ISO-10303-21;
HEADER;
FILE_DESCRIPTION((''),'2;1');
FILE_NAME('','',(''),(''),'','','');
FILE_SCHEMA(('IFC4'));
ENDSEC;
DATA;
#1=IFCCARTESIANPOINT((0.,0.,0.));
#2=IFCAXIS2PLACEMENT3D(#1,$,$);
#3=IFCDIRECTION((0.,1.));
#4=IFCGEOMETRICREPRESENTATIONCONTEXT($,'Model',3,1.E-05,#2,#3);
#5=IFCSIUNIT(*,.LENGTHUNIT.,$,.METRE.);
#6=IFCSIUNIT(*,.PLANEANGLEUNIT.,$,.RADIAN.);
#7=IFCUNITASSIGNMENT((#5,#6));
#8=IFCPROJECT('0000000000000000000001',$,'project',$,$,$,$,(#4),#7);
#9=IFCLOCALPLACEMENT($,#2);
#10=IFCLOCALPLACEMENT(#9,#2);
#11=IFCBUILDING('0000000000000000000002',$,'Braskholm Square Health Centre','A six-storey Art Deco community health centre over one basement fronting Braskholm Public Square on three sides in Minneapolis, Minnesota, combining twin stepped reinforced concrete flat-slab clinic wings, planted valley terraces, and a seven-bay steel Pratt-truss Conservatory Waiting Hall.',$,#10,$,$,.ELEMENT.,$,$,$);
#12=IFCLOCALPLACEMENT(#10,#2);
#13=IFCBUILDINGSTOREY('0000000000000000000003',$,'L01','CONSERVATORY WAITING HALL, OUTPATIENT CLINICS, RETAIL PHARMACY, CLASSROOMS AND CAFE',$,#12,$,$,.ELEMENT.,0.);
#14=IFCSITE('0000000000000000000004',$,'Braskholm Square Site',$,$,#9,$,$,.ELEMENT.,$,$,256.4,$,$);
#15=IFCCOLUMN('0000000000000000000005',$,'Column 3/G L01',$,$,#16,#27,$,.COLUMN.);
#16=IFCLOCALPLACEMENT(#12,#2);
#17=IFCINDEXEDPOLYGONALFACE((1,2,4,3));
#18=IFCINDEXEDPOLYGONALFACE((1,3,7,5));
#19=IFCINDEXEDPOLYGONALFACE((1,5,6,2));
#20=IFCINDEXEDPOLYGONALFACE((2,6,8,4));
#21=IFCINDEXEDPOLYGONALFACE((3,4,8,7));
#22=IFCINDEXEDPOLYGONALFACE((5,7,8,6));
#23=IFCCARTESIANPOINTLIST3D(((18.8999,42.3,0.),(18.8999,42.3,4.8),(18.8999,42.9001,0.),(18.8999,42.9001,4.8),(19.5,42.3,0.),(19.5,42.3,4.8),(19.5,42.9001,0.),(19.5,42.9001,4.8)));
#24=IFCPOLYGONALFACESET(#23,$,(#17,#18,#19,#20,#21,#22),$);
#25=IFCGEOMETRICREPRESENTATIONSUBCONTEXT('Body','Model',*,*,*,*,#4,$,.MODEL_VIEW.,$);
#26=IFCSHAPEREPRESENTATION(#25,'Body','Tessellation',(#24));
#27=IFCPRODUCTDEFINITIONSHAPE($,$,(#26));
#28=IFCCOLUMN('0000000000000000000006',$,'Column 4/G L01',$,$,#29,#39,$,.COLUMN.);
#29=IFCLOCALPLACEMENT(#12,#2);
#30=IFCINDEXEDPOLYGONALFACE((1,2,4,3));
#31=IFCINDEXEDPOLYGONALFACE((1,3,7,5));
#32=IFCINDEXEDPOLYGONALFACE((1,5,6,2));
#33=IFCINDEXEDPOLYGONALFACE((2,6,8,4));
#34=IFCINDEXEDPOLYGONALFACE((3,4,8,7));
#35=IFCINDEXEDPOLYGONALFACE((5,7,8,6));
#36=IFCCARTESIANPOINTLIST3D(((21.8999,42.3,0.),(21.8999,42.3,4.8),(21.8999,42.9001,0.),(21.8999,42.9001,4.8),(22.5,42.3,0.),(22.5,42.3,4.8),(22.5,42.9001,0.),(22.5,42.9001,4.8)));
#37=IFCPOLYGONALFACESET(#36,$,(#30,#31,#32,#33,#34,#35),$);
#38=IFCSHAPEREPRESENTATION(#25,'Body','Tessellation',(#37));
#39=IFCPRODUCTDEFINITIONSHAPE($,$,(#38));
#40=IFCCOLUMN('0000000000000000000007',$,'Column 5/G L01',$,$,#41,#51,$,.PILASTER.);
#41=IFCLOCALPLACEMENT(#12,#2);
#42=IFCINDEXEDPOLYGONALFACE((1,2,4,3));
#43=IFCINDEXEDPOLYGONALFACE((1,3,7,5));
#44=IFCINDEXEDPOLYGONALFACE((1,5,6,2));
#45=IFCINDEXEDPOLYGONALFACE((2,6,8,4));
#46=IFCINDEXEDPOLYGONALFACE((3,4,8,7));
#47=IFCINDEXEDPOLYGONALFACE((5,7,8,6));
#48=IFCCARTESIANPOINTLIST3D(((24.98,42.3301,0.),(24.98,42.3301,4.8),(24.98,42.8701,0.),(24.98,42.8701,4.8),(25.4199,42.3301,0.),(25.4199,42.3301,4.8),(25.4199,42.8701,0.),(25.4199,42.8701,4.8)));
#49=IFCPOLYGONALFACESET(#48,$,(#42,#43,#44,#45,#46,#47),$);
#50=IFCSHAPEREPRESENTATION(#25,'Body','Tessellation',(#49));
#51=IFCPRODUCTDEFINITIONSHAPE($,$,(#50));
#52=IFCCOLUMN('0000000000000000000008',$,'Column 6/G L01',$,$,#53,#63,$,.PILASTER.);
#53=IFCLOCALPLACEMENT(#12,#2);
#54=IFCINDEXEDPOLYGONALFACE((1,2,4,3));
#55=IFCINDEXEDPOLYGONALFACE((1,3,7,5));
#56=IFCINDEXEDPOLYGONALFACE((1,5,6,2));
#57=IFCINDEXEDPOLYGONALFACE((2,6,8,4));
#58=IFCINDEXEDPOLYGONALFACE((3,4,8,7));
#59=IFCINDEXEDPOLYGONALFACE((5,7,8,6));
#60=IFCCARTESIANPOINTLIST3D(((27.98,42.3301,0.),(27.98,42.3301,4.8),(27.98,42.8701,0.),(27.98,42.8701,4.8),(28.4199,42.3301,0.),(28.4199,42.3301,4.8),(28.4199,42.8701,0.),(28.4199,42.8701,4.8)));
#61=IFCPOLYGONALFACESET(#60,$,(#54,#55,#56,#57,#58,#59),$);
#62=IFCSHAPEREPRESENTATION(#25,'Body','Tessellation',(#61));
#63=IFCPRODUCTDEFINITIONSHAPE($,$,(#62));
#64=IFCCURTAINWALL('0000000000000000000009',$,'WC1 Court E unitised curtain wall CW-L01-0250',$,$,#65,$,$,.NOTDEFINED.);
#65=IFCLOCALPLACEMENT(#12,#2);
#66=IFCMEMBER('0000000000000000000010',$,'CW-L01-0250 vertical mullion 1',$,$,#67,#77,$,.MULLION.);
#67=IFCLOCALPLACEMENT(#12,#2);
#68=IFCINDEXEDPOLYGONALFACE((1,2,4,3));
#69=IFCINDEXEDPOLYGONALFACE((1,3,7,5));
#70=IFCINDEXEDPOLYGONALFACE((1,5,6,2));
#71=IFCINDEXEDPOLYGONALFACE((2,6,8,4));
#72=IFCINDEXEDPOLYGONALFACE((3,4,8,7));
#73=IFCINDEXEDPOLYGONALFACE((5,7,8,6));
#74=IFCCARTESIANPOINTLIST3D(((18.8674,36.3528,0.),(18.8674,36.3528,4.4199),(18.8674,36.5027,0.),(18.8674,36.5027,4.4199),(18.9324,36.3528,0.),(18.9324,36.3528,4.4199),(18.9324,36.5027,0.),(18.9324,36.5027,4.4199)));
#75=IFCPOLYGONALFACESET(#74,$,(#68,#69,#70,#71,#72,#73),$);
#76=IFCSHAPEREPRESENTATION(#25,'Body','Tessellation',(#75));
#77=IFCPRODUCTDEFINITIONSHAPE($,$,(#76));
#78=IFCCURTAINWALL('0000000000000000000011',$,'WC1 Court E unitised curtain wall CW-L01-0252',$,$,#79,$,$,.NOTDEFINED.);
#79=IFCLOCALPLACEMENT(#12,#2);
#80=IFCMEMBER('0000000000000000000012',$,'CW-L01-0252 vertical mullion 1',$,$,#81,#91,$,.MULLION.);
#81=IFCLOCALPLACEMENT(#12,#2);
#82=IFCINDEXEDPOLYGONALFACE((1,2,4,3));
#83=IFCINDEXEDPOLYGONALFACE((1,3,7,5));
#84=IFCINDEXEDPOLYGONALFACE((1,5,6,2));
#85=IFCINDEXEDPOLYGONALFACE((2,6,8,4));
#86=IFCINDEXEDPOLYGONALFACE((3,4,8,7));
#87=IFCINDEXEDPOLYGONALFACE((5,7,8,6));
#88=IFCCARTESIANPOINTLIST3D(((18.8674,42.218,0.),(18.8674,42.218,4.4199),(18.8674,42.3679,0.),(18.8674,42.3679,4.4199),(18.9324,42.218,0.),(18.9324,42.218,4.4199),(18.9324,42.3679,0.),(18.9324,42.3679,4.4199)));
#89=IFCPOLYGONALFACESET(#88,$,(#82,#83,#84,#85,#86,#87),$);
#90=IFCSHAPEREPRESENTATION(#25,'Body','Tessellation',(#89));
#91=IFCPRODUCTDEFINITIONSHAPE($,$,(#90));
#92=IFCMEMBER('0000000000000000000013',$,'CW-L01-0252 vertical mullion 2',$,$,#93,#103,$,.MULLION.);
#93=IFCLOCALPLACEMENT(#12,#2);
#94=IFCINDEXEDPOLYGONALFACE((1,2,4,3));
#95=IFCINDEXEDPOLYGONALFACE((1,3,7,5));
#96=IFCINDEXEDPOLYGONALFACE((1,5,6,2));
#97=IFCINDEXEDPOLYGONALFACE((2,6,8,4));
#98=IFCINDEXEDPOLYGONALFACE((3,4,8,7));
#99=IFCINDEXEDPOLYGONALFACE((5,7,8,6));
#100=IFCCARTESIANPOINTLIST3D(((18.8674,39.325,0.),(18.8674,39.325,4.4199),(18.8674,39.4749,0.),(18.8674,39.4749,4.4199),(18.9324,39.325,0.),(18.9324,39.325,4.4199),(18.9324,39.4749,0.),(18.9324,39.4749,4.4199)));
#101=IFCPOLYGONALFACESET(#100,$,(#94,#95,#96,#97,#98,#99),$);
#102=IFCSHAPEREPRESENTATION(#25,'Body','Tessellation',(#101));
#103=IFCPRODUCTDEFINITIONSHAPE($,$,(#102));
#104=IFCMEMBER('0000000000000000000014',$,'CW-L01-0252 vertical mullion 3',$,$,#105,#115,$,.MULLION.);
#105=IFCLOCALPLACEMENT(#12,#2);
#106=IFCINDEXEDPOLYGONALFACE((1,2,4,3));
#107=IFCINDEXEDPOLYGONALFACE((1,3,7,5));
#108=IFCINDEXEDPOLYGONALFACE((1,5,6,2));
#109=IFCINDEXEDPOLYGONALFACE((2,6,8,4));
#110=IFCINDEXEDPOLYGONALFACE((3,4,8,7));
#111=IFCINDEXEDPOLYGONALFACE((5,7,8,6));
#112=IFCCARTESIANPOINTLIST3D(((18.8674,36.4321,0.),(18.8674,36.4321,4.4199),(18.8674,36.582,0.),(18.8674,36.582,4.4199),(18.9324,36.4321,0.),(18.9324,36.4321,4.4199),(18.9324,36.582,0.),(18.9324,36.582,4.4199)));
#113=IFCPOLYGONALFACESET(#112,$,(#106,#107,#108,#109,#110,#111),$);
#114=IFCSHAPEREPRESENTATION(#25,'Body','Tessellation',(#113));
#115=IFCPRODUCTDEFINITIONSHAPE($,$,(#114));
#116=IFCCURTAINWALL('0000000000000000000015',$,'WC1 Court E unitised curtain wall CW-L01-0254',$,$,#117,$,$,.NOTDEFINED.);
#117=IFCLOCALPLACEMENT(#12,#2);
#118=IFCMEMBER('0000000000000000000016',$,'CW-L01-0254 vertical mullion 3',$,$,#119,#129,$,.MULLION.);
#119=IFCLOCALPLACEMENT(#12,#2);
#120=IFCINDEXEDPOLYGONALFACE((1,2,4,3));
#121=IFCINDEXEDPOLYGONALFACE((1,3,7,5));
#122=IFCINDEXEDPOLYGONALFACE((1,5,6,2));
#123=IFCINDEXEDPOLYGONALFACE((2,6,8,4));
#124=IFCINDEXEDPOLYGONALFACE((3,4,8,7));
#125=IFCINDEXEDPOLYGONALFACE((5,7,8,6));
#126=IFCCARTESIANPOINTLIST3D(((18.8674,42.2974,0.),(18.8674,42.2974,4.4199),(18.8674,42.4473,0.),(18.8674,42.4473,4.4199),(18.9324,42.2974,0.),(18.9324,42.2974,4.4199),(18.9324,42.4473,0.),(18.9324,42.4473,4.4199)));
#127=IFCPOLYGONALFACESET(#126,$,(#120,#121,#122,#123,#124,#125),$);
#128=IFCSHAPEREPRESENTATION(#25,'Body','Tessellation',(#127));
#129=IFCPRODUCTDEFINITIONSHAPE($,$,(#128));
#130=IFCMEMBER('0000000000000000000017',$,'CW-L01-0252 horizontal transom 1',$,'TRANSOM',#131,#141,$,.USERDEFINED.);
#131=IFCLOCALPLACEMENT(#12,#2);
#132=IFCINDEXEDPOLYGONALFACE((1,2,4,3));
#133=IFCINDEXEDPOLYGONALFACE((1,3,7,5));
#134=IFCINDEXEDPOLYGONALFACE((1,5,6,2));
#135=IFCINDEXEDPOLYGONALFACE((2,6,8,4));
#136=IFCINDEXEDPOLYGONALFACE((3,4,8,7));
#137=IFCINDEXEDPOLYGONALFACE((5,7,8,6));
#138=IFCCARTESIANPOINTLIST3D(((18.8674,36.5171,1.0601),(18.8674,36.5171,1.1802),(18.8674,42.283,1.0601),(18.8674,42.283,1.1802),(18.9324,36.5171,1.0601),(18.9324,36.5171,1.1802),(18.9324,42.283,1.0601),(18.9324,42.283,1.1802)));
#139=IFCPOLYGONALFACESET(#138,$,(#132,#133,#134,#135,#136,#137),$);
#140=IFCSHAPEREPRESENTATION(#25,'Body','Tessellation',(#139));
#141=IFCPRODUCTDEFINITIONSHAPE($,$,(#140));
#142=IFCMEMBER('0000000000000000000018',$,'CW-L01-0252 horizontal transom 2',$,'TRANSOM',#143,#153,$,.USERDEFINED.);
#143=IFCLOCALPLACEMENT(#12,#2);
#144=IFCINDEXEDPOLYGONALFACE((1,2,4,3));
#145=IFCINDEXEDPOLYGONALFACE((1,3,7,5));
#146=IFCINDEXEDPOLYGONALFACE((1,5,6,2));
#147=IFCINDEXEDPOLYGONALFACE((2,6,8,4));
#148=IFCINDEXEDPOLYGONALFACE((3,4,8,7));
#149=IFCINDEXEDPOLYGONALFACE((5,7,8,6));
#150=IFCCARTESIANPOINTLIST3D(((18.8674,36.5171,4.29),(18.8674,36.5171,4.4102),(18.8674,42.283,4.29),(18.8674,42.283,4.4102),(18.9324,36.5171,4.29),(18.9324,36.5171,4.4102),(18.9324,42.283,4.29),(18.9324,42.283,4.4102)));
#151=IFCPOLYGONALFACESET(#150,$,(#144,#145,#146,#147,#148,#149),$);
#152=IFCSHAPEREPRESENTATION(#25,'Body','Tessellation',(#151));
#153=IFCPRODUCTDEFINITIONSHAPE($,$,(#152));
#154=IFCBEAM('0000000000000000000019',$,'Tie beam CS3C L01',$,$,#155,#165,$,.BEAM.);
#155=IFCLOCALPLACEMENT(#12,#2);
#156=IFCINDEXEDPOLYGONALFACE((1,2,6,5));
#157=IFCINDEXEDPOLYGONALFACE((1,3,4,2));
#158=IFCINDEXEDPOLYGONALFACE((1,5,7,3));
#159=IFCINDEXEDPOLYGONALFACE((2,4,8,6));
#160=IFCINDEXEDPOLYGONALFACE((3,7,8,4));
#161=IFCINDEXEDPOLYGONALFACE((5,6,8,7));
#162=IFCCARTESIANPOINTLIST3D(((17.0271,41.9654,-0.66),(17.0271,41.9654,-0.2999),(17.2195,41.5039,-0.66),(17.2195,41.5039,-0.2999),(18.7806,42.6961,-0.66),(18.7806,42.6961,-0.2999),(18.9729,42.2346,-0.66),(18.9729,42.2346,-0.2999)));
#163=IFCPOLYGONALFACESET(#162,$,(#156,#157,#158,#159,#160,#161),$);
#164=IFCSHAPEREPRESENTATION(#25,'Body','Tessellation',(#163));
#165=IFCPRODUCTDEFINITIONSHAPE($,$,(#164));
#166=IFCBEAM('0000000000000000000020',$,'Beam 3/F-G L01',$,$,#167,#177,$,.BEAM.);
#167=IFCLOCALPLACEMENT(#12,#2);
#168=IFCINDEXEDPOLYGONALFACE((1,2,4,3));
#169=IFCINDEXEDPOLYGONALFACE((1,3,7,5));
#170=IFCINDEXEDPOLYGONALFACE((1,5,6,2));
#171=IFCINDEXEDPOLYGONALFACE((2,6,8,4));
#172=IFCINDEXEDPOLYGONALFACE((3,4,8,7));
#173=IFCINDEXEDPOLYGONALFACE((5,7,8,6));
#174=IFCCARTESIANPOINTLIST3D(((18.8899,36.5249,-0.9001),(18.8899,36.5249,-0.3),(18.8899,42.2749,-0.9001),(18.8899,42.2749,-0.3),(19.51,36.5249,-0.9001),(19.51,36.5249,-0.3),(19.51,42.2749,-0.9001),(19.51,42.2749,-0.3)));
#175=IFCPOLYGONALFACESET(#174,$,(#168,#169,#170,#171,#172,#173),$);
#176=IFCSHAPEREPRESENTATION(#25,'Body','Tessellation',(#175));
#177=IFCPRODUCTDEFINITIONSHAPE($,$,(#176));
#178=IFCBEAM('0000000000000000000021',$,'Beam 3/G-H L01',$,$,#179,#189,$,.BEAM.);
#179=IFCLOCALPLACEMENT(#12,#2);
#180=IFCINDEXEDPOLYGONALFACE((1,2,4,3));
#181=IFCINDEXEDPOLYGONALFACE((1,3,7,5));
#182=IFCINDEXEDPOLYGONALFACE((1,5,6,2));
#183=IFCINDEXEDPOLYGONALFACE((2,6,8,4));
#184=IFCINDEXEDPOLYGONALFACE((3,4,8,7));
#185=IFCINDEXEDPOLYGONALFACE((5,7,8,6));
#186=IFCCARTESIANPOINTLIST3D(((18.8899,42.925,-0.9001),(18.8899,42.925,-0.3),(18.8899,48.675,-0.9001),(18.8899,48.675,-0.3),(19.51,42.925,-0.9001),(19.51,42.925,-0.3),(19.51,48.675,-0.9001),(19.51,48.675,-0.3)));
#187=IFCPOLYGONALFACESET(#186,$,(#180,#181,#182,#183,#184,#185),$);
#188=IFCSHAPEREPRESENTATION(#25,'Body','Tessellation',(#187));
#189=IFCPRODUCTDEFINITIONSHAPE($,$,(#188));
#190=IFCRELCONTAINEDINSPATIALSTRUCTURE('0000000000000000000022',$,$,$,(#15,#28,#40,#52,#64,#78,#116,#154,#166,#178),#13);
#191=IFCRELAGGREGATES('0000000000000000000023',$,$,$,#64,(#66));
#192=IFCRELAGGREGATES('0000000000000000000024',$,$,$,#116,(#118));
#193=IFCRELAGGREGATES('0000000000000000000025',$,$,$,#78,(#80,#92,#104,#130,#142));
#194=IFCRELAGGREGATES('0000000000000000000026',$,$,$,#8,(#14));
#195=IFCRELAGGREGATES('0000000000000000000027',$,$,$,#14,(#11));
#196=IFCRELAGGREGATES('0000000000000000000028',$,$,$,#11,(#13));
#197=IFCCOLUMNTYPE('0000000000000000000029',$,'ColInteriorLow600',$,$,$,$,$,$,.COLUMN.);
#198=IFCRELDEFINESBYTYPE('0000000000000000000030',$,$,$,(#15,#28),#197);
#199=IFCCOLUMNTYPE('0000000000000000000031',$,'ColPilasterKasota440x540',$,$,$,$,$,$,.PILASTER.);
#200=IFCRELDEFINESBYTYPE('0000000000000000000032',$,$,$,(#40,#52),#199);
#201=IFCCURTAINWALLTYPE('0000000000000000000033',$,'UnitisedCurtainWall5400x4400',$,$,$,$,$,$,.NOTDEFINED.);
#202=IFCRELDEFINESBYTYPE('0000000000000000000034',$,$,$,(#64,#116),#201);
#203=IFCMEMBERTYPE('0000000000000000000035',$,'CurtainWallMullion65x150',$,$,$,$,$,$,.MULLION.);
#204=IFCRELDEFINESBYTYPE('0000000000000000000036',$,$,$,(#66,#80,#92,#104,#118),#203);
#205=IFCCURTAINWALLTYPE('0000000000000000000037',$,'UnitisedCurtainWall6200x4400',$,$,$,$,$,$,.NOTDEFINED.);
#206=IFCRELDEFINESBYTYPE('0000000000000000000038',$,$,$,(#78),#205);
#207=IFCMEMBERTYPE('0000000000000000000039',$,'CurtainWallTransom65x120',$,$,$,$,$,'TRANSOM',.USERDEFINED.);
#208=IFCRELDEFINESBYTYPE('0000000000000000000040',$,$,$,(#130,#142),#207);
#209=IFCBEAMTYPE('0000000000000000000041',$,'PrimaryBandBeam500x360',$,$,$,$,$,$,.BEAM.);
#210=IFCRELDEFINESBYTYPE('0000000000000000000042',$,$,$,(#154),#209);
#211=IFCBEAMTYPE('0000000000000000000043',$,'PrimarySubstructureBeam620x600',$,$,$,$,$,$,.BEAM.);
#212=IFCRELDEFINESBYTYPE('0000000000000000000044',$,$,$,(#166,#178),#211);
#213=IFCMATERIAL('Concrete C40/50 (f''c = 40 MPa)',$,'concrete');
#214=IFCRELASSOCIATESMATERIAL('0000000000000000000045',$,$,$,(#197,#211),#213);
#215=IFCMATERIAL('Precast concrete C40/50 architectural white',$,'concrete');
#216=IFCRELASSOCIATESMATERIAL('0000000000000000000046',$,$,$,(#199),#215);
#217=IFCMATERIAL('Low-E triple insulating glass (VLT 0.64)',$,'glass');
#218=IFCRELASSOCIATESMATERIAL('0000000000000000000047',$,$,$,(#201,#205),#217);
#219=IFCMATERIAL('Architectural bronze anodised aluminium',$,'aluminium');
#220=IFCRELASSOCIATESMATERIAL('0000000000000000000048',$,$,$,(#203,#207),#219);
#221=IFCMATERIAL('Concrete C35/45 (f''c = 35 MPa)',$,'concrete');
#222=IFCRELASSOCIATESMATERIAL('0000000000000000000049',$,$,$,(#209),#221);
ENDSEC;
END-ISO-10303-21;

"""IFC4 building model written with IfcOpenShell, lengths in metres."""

from ifc_helpers import new_model, si_unit, direction, frame, origin, origin_2d, place, context, subcontext, project, spatial, rectangle, extrude, material, material_profile, profile_set, type_object, element, aggregate, save


model = new_model("IFC4")

# Units and contexts
model_context = context("Model", 3, precision=1e-05, world=origin(), true_north=direction((0.0, 1.0)))
body_context = subcontext(model_context, "Body", "Model", "MODEL_VIEW")
ifc_project = project(units=[si_unit("LENGTHUNIT", "METRE"), si_unit("PLANEANGLEUNIT", "RADIAN")], contexts=[model_context])

# Site, building, storey
site_placement = place(None, origin())
site = spatial("IfcSite", under=ifc_project, at=site_placement, Name="Braskholm Square Site", CompositionType="ELEMENT", RefElevation=256.4)
building_placement = place(site_placement, origin())
building = spatial("IfcBuilding", under=site, at=building_placement, Name="Braskholm Square Health Centre", Description="A six-storey Art Deco community health centre over one basement fronting Braskholm Public Square on three sides in Minneapolis, Minnesota, combining twin stepped reinforced concrete flat-slab clinic wings, planted valley terraces, and a seven-bay steel Pratt-truss Conservatory Waiting Hall.", CompositionType="ELEMENT")
storey_placement = place(building_placement, origin())
storey = spatial("IfcBuildingStorey", under=building, at=storey_placement, Name="L01", Description="CONSERVATORY WAITING HALL, OUTPATIENT CLINICS, RETAIL PHARMACY, CLASSROOMS AND CAFE", CompositionType="ELEMENT", Elevation=0.0)

# Columns
ifc_material_1 = material(Name="Concrete C40/50 (f'c = 40 MPa)", Category="concrete")
ifc_material_profile_1 = material_profile(ifc_material_1, rectangle(XDim=0.6001, YDim=0.6001, at=origin_2d()), Name="RC-600X600")
ifc_profile_set_1 = profile_set([ifc_material_profile_1], Name="Concrete C40/50 (f'c = 40 MPa)")
column_type_1 = type_object("IfcColumnType", Name="ColInteriorLow600", PredefinedType="COLUMN", material=ifc_profile_set_1)
for number, where, z_axis, x_axis, name in (
    (1, (19.2, 42.6001, 0.0), (0.0, 0.0, 1.0), (1.0, 0.0, 0.0), "Column 3/G L01"),
    (2, (22.2, 42.6001, 0.0), (0.0, 0.0, 1.0), (1.0, 0.0, 0.0), "Column 4/G L01"),
):
    element("IfcColumn", number, at=place(storey_placement, frame(where, z_axis=z_axis, x_axis=x_axis)), inside=storey, type_object=column_type_1, Name=name, PredefinedType="COLUMN", context=body_context, shape_type="SweptSolid", body=[
        extrude(rectangle(XDim=0.6001, YDim=0.6001, at=origin_2d()), origin(), (0.0, 0.0, 1.0), 4.8),
    ])
ifc_material_2 = material(Name="Precast concrete C40/50 architectural white", Category="concrete")
ifc_material_profile_2 = material_profile(ifc_material_2, rectangle(XDim=0.4399, YDim=0.54, at=origin_2d()), Name="RC-440X540")
ifc_profile_set_2 = profile_set([ifc_material_profile_2], Name="Precast concrete C40/50 architectural white")
column_type_2 = type_object("IfcColumnType", Name="ColPilasterKasota440x540", PredefinedType="PILASTER", material=ifc_profile_set_2)
for number, where, z_axis, x_axis, name in (
    (3, (25.2, 42.6001, 0.0), (0.0, 0.0, 1.0), (1.0, 0.0, 0.0), "Column 5/G L01"),
    (4, (28.2, 42.6001, 0.0), (0.0, 0.0, 1.0), (1.0, 0.0, 0.0), "Column 6/G L01"),
):
    element("IfcColumn", number, at=place(storey_placement, frame(where, z_axis=z_axis, x_axis=x_axis)), inside=storey, type_object=column_type_2, Name=name, PredefinedType="PILASTER", context=body_context, shape_type="SweptSolid", body=[
        extrude(rectangle(XDim=0.4399, YDim=0.54, at=origin_2d()), origin(), (0.0, 0.0, 1.0), 4.8),
    ])

# Curtain wall, member
ifc_material_3 = material(Name="Low-E triple insulating glass (VLT 0.64)", Category="glass")
curtain_wall_type_1 = type_object("IfcCurtainWallType", Name="UnitisedCurtainWall5400x4400", PredefinedType="NOTDEFINED", material=ifc_material_3)
curtain_wall_1_placement = place(storey_placement, origin())
curtain_wall_1 = element("IfcCurtainWall", 5, at=curtain_wall_1_placement, inside=storey, type_object=curtain_wall_type_1, Name="WC1 Court E unitised curtain wall CW-L01-0250", PredefinedType="NOTDEFINED")
ifc_material_4 = material(Name="Architectural bronze anodised aluminium", Category="aluminium")
ifc_material_profile_3 = material_profile(ifc_material_4, rectangle(XDim=0.0649, YDim=0.1499, at=origin_2d()), Name="ALU-65X150")
ifc_profile_set_3 = profile_set([ifc_material_profile_3], Name="Architectural bronze anodised aluminium")
member_type_1 = type_object("IfcMemberType", Name="CurtainWallMullion65x150", PredefinedType="MULLION", material=ifc_profile_set_3)
member_1_placement = place(storey_placement, frame((18.8999, 36.4277, 0.0), z_axis=(0.0, 0.0, 1.0), x_axis=(1.0, 0.0, 0.0)))
member_1 = element("IfcMember", 6, at=member_1_placement, type_object=member_type_1, Name="CW-L01-0250 vertical mullion 1", PredefinedType="MULLION", context=body_context, shape_type="SweptSolid", body=[
    extrude(rectangle(XDim=0.0649, YDim=0.1499, at=origin_2d()), origin(), (0.0, 0.0, 1.0), 4.4199),
])
aggregate(curtain_wall_1, [member_1])

# Curtain wall, members
curtain_wall_type_2 = type_object("IfcCurtainWallType", Name="UnitisedCurtainWall6200x4400", PredefinedType="NOTDEFINED", material=ifc_material_3)
curtain_wall_2_placement = place(storey_placement, origin())
curtain_wall_2 = element("IfcCurtainWall", 7, at=curtain_wall_2_placement, inside=storey, type_object=curtain_wall_type_2, Name="WC1 Court E unitised curtain wall CW-L01-0252", PredefinedType="NOTDEFINED")
member_2_placement = place(storey_placement, frame((18.8999, 42.293, 0.0), z_axis=(0.0, 0.0, 1.0), x_axis=(1.0, 0.0, 0.0)))
member_2 = element("IfcMember", 8, at=member_2_placement, type_object=member_type_1, Name="CW-L01-0252 vertical mullion 1", PredefinedType="MULLION", context=body_context, shape_type="SweptSolid", body=[
    extrude(rectangle(XDim=0.0649, YDim=0.1499, at=origin_2d()), origin(), (0.0, 0.0, 1.0), 4.4199),
])
member_3_placement = place(storey_placement, frame((18.8999, 39.3999, 0.0), z_axis=(0.0, 0.0, 1.0), x_axis=(1.0, 0.0, 0.0)))
member_3 = element("IfcMember", 9, at=member_3_placement, type_object=member_type_1, Name="CW-L01-0252 vertical mullion 2", PredefinedType="MULLION", context=body_context, shape_type="SweptSolid", body=[
    extrude(rectangle(XDim=0.0649, YDim=0.1499, at=origin_2d()), origin(), (0.0, 0.0, 1.0), 4.4199),
])
member_4_placement = place(storey_placement, frame((18.8999, 36.5071, 0.0), z_axis=(0.0, 0.0, 1.0), x_axis=(1.0, 0.0, 0.0)))
member_4 = element("IfcMember", 10, at=member_4_placement, type_object=member_type_1, Name="CW-L01-0252 vertical mullion 3", PredefinedType="MULLION", context=body_context, shape_type="SweptSolid", body=[
    extrude(rectangle(XDim=0.0649, YDim=0.1499, at=origin_2d()), origin(), (0.0, 0.0, 1.0), 4.4199),
])

# Curtain wall, member
curtain_wall_3_placement = place(storey_placement, origin())
curtain_wall_3 = element("IfcCurtainWall", 11, at=curtain_wall_3_placement, inside=storey, type_object=curtain_wall_type_1, Name="WC1 Court E unitised curtain wall CW-L01-0254", PredefinedType="NOTDEFINED")
member_5_placement = place(storey_placement, frame((18.8999, 42.3723, 0.0), z_axis=(0.0, 0.0, 1.0), x_axis=(1.0, 0.0, 0.0)))
member_5 = element("IfcMember", 12, at=member_5_placement, type_object=member_type_1, Name="CW-L01-0254 vertical mullion 3", PredefinedType="MULLION", context=body_context, shape_type="SweptSolid", body=[
    extrude(rectangle(XDim=0.0649, YDim=0.1499, at=origin_2d()), origin(), (0.0, 0.0, 1.0), 4.4199),
])
aggregate(curtain_wall_3, [member_5])

# Members
ifc_material_profile_4 = material_profile(ifc_material_4, rectangle(XDim=0.0649, YDim=0.1201, at=origin_2d()), Name="ALU-65X120")
ifc_profile_set_4 = profile_set([ifc_material_profile_4], Name="Architectural bronze anodised aluminium")
member_type_2 = type_object("IfcMemberType", Name="CurtainWallTransom65x120", ElementType="TRANSOM", PredefinedType="USERDEFINED", material=ifc_profile_set_4)
member_6_placement = place(storey_placement, frame((18.8999, 42.283, 1.1201), z_axis=(0.0, -1.0, 0.0), x_axis=(1.0, 0.0, 0.0)))
member_6 = element("IfcMember", 13, at=member_6_placement, type_object=member_type_2, Name="CW-L01-0252 horizontal transom 1", ObjectType="TRANSOM", PredefinedType="USERDEFINED", context=body_context, shape_type="SweptSolid", body=[
    extrude(rectangle(XDim=0.0649, YDim=0.1201, at=origin_2d()), origin(), (0.0, 0.0, 1.0), 5.7659),
])
member_7_placement = place(storey_placement, frame((18.8999, 42.283, 4.3501), z_axis=(0.0, -1.0, 0.0), x_axis=(1.0, 0.0, 0.0)))
member_7 = element("IfcMember", 14, at=member_7_placement, type_object=member_type_2, Name="CW-L01-0252 horizontal transom 2", ObjectType="TRANSOM", PredefinedType="USERDEFINED", context=body_context, shape_type="SweptSolid", body=[
    extrude(rectangle(XDim=0.0649, YDim=0.1201, at=origin_2d()), origin(), (0.0, 0.0, 1.0), 5.7659),
])

# Beams
ifc_material_5 = material(Name="Concrete C35/45 (f'c = 35 MPa)", Category="concrete")
ifc_material_profile_5 = material_profile(ifc_material_5, rectangle(XDim=0.5, YDim=0.3601, at=origin_2d()), Name="RCB-500X360")
ifc_profile_set_5 = profile_set([ifc_material_profile_5], Name="Concrete C35/45 (f'c = 35 MPa)")
beam_type_1 = type_object("IfcBeamType", Name="PrimaryBandBeam500x360", PredefinedType="BEAM", material=ifc_profile_set_5)
beam_1_placement = place(storey_placement, frame((17.1233, 41.7346, -0.48), z_axis=(0.923054, 0.38467, 0.0), x_axis=(-0.38467, 0.923054, 0.0)))
element("IfcBeam", 15, at=beam_1_placement, inside=storey, type_object=beam_type_1, Name="Tie beam CS3C L01", PredefinedType="BEAM", context=body_context, shape_type="SweptSolid", body=[
    extrude(rectangle(XDim=0.5, YDim=0.3601, at=origin_2d()), origin(), (0.0, 0.0, 1.0), 1.8997),
])
ifc_material_profile_6 = material_profile(ifc_material_1, rectangle(XDim=0.6201, YDim=0.6001, at=origin_2d()), Name="RCB-620X600")
ifc_profile_set_6 = profile_set([ifc_material_profile_6], Name="Concrete C40/50 (f'c = 40 MPa)")
beam_type_2 = type_object("IfcBeamType", Name="PrimarySubstructureBeam620x600", PredefinedType="BEAM", material=ifc_profile_set_6)
for number, where, z_axis, x_axis, name in (
    (16, (19.2, 36.5249, -0.6001), (0.0, 1.0, 0.0), (-1.0, 0.0, 0.0), "Beam 3/F-G L01"),
    (17, (19.2, 42.925, -0.6001), (0.0, 1.0, 0.0), (-1.0, 0.0, 0.0), "Beam 3/G-H L01"),
):
    element("IfcBeam", number, at=place(storey_placement, frame(where, z_axis=z_axis, x_axis=x_axis)), inside=storey, type_object=beam_type_2, Name=name, PredefinedType="BEAM", context=body_context, shape_type="SweptSolid", body=[
        extrude(rectangle(XDim=0.6201, YDim=0.6001, at=origin_2d()), origin(), (0.0, 0.0, 1.0), 5.75),
    ])

aggregate(curtain_wall_2, [member_2, member_3, member_4, member_6, member_7])

save(model, "model.ifc")
